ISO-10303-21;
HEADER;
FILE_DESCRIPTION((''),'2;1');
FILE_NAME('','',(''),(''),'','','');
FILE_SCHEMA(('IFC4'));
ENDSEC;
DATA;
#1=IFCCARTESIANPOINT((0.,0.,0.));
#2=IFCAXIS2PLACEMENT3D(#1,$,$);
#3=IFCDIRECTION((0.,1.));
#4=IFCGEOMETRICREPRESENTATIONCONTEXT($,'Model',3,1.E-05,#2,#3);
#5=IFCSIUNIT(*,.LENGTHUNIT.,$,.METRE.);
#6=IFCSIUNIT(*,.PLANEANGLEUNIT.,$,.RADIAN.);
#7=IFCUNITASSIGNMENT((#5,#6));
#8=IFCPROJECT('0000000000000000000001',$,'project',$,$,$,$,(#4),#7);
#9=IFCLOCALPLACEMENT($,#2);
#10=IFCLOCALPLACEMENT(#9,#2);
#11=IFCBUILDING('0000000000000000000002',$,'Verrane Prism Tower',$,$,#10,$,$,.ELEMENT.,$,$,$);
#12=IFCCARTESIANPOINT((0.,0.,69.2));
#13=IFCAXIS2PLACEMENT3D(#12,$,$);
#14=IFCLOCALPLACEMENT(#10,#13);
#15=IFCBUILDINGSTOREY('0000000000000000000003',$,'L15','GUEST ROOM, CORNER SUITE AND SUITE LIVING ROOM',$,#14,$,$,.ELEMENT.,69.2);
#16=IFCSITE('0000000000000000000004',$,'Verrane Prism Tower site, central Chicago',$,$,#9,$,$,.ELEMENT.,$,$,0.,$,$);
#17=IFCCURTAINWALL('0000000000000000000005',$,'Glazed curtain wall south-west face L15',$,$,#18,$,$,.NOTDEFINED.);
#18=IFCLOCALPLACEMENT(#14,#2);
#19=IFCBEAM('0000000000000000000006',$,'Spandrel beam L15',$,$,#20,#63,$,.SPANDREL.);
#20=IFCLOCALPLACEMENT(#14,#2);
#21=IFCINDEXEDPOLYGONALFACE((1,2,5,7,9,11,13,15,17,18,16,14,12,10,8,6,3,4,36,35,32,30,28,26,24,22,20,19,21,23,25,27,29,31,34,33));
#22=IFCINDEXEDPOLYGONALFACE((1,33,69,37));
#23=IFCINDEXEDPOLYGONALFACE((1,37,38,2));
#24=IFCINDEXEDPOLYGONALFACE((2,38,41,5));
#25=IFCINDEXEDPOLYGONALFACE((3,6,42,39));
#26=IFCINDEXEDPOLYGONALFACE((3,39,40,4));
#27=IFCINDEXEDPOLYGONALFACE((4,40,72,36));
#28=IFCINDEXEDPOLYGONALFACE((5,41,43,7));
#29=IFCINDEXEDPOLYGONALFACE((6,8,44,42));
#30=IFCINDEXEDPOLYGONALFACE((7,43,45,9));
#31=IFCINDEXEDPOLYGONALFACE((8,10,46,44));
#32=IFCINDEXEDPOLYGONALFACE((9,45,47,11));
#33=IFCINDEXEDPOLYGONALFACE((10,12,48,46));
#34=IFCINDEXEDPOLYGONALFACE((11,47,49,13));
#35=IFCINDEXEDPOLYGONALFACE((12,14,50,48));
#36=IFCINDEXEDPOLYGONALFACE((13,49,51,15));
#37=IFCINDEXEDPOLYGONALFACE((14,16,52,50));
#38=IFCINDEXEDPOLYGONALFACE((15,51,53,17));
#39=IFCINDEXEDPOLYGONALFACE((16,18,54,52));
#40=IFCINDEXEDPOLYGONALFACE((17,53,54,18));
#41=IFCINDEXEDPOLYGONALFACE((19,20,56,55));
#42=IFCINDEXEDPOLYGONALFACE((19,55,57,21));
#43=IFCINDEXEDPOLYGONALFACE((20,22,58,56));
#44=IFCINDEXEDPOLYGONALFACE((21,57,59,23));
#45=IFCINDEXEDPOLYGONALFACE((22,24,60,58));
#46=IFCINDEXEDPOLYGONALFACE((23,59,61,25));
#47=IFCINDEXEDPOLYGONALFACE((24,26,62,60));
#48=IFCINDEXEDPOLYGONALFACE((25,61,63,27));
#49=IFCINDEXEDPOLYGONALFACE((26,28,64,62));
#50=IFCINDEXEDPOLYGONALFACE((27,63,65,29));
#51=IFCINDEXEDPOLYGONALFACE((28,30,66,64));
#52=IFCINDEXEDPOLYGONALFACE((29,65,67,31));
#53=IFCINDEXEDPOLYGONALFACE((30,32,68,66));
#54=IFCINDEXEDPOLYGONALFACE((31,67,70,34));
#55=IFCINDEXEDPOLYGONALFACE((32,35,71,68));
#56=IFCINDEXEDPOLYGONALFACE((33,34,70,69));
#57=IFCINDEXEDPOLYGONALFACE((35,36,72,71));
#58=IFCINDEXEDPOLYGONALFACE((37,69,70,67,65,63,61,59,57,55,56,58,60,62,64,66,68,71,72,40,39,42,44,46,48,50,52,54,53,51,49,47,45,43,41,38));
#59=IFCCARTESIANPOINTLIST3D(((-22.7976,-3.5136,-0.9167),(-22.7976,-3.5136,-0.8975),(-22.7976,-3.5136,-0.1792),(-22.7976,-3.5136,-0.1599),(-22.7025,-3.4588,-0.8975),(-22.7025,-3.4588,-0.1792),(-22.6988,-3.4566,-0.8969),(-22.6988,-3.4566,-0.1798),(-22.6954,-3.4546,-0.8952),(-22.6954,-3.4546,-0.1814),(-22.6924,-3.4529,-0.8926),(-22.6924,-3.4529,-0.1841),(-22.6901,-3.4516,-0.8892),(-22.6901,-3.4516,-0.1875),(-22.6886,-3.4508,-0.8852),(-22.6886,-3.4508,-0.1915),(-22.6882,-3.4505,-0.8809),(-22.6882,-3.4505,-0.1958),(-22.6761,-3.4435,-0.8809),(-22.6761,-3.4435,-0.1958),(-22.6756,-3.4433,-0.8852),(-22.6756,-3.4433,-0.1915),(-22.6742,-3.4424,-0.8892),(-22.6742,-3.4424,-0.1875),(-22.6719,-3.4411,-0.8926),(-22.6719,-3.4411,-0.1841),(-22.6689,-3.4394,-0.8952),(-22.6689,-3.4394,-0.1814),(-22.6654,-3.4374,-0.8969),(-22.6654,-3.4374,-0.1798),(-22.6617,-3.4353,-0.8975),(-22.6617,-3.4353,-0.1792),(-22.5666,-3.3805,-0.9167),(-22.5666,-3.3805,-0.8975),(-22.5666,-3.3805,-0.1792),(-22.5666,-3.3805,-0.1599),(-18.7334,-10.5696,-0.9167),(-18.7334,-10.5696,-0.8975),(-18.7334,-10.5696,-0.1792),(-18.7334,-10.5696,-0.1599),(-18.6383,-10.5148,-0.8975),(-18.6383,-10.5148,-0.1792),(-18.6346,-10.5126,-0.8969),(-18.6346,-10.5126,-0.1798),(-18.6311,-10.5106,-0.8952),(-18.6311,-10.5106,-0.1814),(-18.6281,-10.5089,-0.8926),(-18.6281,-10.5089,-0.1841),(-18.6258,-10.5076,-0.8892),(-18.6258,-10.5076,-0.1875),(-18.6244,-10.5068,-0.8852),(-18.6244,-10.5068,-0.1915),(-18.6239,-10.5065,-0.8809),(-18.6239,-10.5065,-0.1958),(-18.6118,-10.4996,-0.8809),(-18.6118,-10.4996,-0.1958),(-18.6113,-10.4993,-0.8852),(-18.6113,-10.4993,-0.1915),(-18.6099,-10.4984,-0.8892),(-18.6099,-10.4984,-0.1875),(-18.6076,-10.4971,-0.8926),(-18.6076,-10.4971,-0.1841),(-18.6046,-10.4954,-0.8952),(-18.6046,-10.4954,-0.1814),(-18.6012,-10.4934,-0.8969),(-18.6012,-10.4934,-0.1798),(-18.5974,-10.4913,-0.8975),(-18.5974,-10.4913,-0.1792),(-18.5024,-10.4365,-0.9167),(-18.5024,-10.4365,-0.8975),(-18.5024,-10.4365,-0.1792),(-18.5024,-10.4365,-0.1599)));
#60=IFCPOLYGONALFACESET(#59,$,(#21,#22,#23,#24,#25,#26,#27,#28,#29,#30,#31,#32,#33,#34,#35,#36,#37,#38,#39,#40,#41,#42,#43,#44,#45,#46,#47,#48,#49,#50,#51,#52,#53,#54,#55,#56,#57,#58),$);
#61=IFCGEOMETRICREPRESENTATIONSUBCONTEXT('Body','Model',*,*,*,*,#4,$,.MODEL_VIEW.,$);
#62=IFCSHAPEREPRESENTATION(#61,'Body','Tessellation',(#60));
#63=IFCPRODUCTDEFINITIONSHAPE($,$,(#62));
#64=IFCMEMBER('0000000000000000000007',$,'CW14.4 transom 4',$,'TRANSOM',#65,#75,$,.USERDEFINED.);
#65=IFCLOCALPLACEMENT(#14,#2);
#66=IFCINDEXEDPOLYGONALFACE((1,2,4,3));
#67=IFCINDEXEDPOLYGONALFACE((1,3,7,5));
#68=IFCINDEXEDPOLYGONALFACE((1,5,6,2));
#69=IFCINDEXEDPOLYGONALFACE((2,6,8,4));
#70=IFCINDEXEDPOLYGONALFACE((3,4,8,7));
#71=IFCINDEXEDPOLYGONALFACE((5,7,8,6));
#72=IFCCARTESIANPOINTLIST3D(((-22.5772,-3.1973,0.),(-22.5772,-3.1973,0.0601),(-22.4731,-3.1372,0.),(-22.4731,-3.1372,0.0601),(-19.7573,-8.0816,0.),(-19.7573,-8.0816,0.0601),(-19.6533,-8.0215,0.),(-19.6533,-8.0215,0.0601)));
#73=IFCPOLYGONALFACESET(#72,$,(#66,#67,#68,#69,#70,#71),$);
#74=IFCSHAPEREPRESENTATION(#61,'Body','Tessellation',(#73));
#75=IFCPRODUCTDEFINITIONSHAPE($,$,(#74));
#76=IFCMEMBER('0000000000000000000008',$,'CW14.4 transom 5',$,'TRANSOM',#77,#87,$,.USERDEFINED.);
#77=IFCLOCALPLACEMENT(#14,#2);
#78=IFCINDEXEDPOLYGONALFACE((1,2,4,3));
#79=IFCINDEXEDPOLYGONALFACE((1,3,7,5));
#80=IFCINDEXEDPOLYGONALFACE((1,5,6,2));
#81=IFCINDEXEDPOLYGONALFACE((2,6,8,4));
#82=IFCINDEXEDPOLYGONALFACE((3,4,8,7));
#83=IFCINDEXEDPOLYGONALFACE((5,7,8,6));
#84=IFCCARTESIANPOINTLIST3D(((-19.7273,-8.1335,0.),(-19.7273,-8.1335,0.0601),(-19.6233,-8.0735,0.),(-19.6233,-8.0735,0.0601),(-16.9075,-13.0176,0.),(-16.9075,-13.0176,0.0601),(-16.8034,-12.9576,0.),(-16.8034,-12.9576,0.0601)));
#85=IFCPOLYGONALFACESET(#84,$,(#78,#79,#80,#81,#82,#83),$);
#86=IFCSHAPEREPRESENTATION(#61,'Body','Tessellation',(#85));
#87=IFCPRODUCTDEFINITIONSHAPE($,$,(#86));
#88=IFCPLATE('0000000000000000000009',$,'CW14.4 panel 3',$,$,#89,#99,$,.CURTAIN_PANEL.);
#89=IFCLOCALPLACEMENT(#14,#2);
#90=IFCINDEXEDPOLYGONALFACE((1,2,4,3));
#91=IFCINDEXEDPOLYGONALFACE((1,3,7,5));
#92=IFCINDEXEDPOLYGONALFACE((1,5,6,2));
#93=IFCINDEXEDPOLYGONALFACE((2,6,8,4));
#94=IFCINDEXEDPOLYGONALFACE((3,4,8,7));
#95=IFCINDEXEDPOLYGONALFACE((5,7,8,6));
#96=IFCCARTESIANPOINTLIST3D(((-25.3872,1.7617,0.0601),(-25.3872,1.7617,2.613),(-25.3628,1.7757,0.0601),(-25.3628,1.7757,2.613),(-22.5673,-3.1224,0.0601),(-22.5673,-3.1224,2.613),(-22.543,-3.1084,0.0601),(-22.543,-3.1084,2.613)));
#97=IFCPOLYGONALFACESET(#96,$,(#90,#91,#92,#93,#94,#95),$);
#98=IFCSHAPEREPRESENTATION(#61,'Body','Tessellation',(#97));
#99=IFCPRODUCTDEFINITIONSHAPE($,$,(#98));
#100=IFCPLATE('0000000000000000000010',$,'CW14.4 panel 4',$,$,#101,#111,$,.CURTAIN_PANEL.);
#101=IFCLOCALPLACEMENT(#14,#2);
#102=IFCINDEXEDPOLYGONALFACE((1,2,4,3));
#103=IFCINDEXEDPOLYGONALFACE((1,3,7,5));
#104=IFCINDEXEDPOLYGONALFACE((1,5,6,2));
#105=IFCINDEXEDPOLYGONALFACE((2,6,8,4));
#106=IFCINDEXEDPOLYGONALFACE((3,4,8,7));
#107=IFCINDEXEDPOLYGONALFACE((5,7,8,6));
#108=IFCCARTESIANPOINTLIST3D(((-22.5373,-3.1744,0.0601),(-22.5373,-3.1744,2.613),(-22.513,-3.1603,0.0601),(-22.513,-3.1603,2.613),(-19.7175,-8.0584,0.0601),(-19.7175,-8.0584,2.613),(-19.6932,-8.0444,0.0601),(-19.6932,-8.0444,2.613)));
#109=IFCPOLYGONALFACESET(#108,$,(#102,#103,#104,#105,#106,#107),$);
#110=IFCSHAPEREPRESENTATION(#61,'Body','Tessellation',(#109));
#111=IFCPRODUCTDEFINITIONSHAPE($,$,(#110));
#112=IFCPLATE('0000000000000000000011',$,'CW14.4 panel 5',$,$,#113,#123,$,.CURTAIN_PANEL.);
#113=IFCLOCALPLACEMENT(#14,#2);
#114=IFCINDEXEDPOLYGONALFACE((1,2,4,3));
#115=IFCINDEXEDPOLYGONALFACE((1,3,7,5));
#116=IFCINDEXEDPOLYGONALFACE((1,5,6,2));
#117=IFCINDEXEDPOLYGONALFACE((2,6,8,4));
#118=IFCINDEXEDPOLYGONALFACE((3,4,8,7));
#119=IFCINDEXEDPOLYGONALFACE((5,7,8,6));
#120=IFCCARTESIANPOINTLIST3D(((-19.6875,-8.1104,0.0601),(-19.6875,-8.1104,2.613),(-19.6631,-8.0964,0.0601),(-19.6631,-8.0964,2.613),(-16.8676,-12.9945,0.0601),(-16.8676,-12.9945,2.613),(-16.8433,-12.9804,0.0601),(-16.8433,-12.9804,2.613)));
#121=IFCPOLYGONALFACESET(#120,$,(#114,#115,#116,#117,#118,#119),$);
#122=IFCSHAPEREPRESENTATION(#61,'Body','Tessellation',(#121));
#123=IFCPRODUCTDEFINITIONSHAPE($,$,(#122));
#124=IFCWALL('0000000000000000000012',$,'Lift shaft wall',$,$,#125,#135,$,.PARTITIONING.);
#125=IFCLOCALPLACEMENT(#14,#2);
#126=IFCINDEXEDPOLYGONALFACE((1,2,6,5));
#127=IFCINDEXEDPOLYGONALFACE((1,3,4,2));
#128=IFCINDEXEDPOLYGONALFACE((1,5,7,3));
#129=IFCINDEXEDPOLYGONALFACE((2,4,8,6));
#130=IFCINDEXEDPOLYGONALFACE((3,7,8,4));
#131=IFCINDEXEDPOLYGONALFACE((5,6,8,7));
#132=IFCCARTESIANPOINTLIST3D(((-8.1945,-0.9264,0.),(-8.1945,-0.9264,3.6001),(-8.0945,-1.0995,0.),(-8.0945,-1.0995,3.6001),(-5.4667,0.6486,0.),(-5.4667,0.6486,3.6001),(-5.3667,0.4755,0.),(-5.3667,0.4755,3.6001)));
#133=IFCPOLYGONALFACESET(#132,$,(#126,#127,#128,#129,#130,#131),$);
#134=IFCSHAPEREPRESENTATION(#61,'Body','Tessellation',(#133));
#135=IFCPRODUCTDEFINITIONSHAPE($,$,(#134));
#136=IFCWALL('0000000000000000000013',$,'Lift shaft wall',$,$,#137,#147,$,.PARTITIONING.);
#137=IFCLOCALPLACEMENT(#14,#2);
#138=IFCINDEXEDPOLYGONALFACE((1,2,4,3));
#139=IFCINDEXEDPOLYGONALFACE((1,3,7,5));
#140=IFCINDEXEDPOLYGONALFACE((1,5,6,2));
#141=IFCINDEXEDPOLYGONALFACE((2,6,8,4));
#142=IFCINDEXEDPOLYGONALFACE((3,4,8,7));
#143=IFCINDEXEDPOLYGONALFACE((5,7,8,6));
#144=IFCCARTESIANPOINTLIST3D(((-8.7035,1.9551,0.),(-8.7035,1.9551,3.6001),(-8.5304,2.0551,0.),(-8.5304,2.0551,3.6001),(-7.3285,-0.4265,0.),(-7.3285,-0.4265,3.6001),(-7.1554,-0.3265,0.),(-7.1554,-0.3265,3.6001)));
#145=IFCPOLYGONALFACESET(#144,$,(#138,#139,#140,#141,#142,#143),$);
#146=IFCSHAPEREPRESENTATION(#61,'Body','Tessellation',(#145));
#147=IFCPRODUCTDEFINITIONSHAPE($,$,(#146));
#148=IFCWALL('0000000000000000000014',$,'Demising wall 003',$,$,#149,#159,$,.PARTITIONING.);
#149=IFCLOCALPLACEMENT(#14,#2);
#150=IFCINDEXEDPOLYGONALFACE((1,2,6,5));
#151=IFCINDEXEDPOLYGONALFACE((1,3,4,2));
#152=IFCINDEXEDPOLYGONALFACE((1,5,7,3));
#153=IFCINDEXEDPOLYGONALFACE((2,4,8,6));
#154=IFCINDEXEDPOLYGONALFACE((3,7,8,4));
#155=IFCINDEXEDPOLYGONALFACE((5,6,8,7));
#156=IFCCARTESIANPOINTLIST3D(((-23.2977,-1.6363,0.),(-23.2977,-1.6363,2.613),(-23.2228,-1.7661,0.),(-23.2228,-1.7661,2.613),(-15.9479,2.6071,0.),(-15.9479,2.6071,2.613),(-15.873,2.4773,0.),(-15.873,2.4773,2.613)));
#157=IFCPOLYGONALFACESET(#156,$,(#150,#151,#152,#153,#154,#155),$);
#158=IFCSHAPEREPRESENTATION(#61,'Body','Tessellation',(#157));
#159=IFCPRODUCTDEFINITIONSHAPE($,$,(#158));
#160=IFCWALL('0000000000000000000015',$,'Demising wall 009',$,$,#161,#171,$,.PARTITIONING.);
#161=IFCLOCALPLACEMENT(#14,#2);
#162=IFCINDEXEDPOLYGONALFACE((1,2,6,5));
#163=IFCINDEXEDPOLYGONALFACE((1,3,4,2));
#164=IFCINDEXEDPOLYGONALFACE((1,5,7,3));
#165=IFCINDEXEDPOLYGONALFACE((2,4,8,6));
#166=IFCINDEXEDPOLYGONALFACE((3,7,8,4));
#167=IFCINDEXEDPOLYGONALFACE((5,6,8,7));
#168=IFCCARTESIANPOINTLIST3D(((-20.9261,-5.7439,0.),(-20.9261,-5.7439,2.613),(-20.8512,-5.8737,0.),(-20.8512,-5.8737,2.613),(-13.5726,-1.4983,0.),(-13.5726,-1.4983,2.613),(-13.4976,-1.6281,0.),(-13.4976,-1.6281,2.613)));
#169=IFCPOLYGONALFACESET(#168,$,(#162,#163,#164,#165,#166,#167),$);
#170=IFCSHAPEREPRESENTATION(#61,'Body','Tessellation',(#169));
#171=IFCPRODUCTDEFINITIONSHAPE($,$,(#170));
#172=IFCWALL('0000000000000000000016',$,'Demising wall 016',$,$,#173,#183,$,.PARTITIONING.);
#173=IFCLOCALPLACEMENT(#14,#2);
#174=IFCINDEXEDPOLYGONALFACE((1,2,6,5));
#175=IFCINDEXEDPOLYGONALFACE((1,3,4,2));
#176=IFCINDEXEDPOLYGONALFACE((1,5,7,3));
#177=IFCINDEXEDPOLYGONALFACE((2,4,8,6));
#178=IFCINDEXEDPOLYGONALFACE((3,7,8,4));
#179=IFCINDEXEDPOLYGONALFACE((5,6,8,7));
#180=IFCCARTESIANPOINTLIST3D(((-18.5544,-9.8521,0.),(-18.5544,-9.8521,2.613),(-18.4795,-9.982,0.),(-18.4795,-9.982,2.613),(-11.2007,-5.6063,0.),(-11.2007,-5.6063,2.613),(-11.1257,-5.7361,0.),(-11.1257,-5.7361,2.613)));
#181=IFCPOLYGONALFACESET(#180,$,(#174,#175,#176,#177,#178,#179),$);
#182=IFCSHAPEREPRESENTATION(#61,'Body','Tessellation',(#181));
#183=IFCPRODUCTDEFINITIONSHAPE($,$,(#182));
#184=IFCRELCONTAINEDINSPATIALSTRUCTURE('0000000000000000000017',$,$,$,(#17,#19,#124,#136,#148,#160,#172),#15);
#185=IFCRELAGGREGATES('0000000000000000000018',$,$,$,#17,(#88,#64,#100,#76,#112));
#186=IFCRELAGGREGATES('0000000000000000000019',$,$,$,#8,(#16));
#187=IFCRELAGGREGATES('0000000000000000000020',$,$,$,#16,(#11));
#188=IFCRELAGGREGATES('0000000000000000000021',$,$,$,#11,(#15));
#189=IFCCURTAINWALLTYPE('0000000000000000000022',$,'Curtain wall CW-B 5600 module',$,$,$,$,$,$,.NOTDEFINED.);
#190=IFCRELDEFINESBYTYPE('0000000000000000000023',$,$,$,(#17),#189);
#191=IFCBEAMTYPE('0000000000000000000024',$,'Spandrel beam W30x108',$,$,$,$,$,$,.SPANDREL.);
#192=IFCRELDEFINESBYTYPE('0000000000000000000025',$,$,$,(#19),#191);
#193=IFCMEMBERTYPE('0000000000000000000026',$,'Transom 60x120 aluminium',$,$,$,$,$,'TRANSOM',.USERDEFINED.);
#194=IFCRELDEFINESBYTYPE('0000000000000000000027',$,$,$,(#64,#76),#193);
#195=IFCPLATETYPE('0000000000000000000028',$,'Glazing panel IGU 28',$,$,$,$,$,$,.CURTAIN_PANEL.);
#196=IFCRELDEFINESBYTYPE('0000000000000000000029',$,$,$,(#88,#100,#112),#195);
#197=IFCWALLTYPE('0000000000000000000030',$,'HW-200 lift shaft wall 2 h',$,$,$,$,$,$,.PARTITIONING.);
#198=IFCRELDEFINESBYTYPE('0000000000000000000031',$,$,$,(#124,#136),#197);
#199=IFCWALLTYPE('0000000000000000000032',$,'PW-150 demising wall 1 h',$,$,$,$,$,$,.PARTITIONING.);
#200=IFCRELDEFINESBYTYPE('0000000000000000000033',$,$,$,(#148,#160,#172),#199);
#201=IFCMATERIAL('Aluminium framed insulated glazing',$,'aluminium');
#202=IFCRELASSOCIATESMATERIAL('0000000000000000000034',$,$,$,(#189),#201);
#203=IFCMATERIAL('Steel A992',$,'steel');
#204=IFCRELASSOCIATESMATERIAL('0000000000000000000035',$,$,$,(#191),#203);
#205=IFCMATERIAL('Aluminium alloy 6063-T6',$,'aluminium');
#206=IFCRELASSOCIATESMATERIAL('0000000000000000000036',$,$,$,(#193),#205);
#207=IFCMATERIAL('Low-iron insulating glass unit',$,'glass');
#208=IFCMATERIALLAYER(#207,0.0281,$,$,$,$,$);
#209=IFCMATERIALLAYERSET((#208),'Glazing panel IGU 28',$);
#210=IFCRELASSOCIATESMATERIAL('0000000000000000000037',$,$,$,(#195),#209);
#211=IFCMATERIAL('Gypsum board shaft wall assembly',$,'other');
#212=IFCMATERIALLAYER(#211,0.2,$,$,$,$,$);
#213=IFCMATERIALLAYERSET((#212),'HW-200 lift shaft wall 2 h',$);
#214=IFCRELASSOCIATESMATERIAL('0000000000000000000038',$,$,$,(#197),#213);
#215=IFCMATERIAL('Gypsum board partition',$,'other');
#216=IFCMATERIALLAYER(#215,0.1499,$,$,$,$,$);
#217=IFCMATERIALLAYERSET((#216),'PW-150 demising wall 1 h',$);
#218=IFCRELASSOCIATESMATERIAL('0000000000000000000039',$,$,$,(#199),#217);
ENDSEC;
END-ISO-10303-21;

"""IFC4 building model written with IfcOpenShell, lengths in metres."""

from ifc_helpers import new_model, si_unit, direction, frame, frame_2d, origin, origin_2d, place, context, subcontext, project, spatial, rectangle, i_section, extrude, material, layer, layer_set, material_profile, profile_set, type_object, element, aggregate, save


model = new_model("IFC4")

# Units and contexts
model_context = context("Model", 3, precision=1e-05, world=origin(), true_north=direction((0.0, 1.0)))
body_context = subcontext(model_context, "Body", "Model", "MODEL_VIEW")
ifc_project = project(units=[si_unit("LENGTHUNIT", "METRE"), si_unit("PLANEANGLEUNIT", "RADIAN")], contexts=[model_context])

# Site, building, storey
site_placement = place(None, origin())
site = spatial("IfcSite", under=ifc_project, at=site_placement, Name="Verrane Prism Tower site, central Chicago", CompositionType="ELEMENT", RefElevation=0.0)
building_placement = place(site_placement, origin())
building = spatial("IfcBuilding", under=site, at=building_placement, Name="Verrane Prism Tower", CompositionType="ELEMENT")
storey_placement = place(building_placement, frame((0.0, 0.0, 69.2)))
storey = spatial("IfcBuildingStorey", under=building, at=storey_placement, Name="L15", Description="GUEST ROOM, CORNER SUITE AND SUITE LIVING ROOM", CompositionType="ELEMENT", Elevation=69.2)

# Curtain wall
ifc_material_1 = material(Name="Aluminium framed insulated glazing", Category="aluminium")
curtain_wall_type = type_object("IfcCurtainWallType", Name="Curtain wall CW-B 5600 module", PredefinedType="NOTDEFINED", material=ifc_material_1)
curtain_wall_placement = place(storey_placement, origin())
curtain_wall = element("IfcCurtainWall", 1, at=curtain_wall_placement, inside=storey, type_object=curtain_wall_type, Name="Glazed curtain wall south-west face L15", PredefinedType="NOTDEFINED")

# Beam
ifc_material_2 = material(Name="Steel A992", Category="steel")
ifc_material_profile_1 = material_profile(ifc_material_2, i_section(OverallWidth=0.2666, OverallDepth=0.7568, WebThickness=0.0139, FlangeThickness=0.0193, FilletRadius=0.0166, at=origin_2d()), Name="W30x108")
ifc_profile_set_1 = profile_set([ifc_material_profile_1], Name="Steel A992")
beam_type_1 = type_object("IfcBeamType", Name="Spandrel beam W30x108", PredefinedType="SPANDREL", material=ifc_profile_set_1)
beam_1_placement = place(storey_placement, frame((-22.6821, -3.447, -0.5383), z_axis=(0.499123, -0.866531, 0.0), x_axis=(0.866531, 0.499123, 0.0)))
element("IfcBeam", 2, at=beam_1_placement, inside=storey, type_object=beam_type_1, Name="Spandrel beam L15", PredefinedType="SPANDREL", context=body_context, shape_type="SweptSolid", body=[
    extrude(i_section(OverallWidth=0.2666, OverallDepth=0.7568, WebThickness=0.0139, FlangeThickness=0.0193, FilletRadius=0.0166, at=origin_2d()), origin(), (0.0, 0.0, 1.0), 8.1428),
])

# Members
ifc_material_3 = material(Name="Aluminium alloy 6063-T6", Category="aluminium")
ifc_material_profile_2 = material_profile(ifc_material_3, rectangle(XDim=0.1201, YDim=0.0601, at=origin_2d()), Name="Transom 60x120 aluminium")
ifc_profile_set_2 = profile_set([ifc_material_profile_2], Name="Aluminium alloy 6063-T6")
member_type_1 = type_object("IfcMemberType", Name="Transom 60x120 aluminium", ElementType="TRANSOM", PredefinedType="USERDEFINED", material=ifc_profile_set_2)
member_1_placement = place(storey_placement, frame((-22.5251, -3.1672, 0.03), z_axis=(0.499985, -0.866034, 0.0), x_axis=(0.866034, 0.499985, 0.0)))
member_1 = element("IfcMember", 3, at=member_1_placement, type_object=member_type_1, Name="CW14.4 transom 4", ObjectType="TRANSOM", PredefinedType="USERDEFINED", context=body_context, shape_type="SweptSolid", body=[
    extrude(rectangle(XDim=0.1201, YDim=0.0601, at=origin_2d()), origin(), (0.0, 0.0, 1.0), 5.6399),
])
member_2_placement = place(storey_placement, frame((-19.6753, -8.1035, 0.03), z_axis=(0.500004, -0.866023, 0.0), x_axis=(0.866023, 0.500004, 0.0)))
member_2 = element("IfcMember", 4, at=member_2_placement, type_object=member_type_1, Name="CW14.4 transom 5", ObjectType="TRANSOM", PredefinedType="USERDEFINED", context=body_context, shape_type="SweptSolid", body=[
    extrude(rectangle(XDim=0.1201, YDim=0.0601, at=origin_2d()), origin(), (0.0, 0.0, 1.0), 5.6396),
])

# Plates
ifc_material_4 = material(Name="Low-iron insulating glass unit", Category="glass")
ifc_layer_1 = layer(ifc_material_4, 0.0281)
ifc_layer_set_1 = layer_set([ifc_layer_1], Name="Glazing panel IGU 28")
plate_type = type_object("IfcPlateType", Name="Glazing panel IGU 28", PredefinedType="CURTAIN_PANEL", material=ifc_layer_set_1)
plate_1_placement = place(storey_placement, frame((-23.9651, -0.6733, 0.0601), z_axis=(0.0, 0.0, 1.0), x_axis=(0.5, -0.866025, 0.0)))
plate_1 = element("IfcPlate", 5, at=plate_1_placement, type_object=plate_type, Name="CW14.4 panel 3", PredefinedType="CURTAIN_PANEL", context=body_context, shape_type="SweptSolid", body=[
    extrude(rectangle(XDim=5.6396, YDim=0.0281, at=origin_2d()), origin(), (0.0, 0.0, 1.0), 2.553),
])
plate_2_placement = place(storey_placement, frame((-21.1152, -5.6094, 0.0601), z_axis=(0.0, 0.0, 1.0), x_axis=(0.5, -0.866025, 0.0)))
plate_2 = element("IfcPlate", 6, at=plate_2_placement, type_object=plate_type, Name="CW14.4 panel 4", PredefinedType="CURTAIN_PANEL", context=body_context, shape_type="SweptSolid", body=[
    extrude(rectangle(XDim=5.6396, YDim=0.0281, at=origin_2d()), origin(), (0.0, 0.0, 1.0), 2.553),
])
plate_3_placement = place(storey_placement, frame((-18.2654, -10.5454, 0.0601), z_axis=(0.0, 0.0, 1.0), x_axis=(0.5, -0.866025, 0.0)))
plate_3 = element("IfcPlate", 7, at=plate_3_placement, type_object=plate_type, Name="CW14.4 panel 5", PredefinedType="CURTAIN_PANEL", context=body_context, shape_type="SweptSolid", body=[
    extrude(rectangle(XDim=5.6396, YDim=0.0281, at=origin_2d()), origin(), (0.0, 0.0, 1.0), 2.553),
])
aggregate(curtain_wall, [plate_1, member_1, plate_2, member_2, plate_3])

# Walls
ifc_material_5 = material(Name="Gypsum board shaft wall assembly", Category="other")
ifc_layer_2 = layer(ifc_material_5, 0.2)
ifc_layer_set_2 = layer_set([ifc_layer_2], Name="HW-200 lift shaft wall 2 h")
wall_type_1 = type_object("IfcWallType", Name="HW-200 lift shaft wall 2 h", PredefinedType="PARTITIONING", material=ifc_layer_set_2)
wall_1_placement = place(storey_placement, frame((-8.1445, -1.0129, 0.0), z_axis=(0.0, 0.0, 1.0), x_axis=(0.866016, 0.500015, 0.0)))
element("IfcWall", 8, at=wall_1_placement, inside=storey, type_object=wall_type_1, Name="Lift shaft wall", PredefinedType="PARTITIONING", context=body_context, shape_type="SweptSolid", body=[
    extrude(rectangle(XDim=3.1499, YDim=0.2, at=frame_2d((1.575, 0.0))), origin(), (0.0, 0.0, 1.0), 3.6001),
])
wall_2_placement = place(storey_placement, frame((-7.2419, -0.3765, 0.0), z_axis=(0.0, 0.0, 1.0), x_axis=(-0.499997, 0.866027, 0.0)))
element("IfcWall", 9, at=wall_2_placement, inside=storey, type_object=wall_type_1, Name="Lift shaft wall", PredefinedType="PARTITIONING", context=body_context, shape_type="SweptSolid", body=[
    extrude(rectangle(XDim=2.75, YDim=0.2, at=frame_2d((1.375, 0.0))), origin(), (0.0, 0.0, 1.0), 3.6001),
])
ifc_material_6 = material(Name="Gypsum board partition", Category="other")
ifc_layer_3 = layer(ifc_material_6, 0.1499)
ifc_layer_set_3 = layer_set([ifc_layer_3], Name="PW-150 demising wall 1 h")
wall_type_2 = type_object("IfcWallType", Name="PW-150 demising wall 1 h", PredefinedType="PARTITIONING", material=ifc_layer_set_3)
wall_3_placement = place(storey_placement, frame((-23.2603, -1.7012, 0.0), z_axis=(0.0, 0.0, 1.0), x_axis=(0.866027, 0.499997, 0.0)))
element("IfcWall", 10, at=wall_3_placement, inside=storey, type_object=wall_type_2, Name="Demising wall 003", PredefinedType="PARTITIONING", context=body_context, shape_type="SweptSolid", body=[
    extrude(rectangle(XDim=8.4868, YDim=0.1499, at=frame_2d((4.2434, 0.0))), origin(), (0.0, 0.0, 1.0), 2.613),
])
wall_4_placement = place(storey_placement, frame((-20.8887, -5.8088, 0.0), z_axis=(0.0, 0.0, 1.0), x_axis=(0.866023, 0.500005, 0.0)))
element("IfcWall", 11, at=wall_4_placement, inside=storey, type_object=wall_type_2, Name="Demising wall 009", PredefinedType="PARTITIONING", context=body_context, shape_type="SweptSolid", body=[
    extrude(rectangle(XDim=8.4912, YDim=0.1499, at=frame_2d((4.2456, 0.0))), origin(), (0.0, 0.0, 1.0), 2.613),
])
wall_5_placement = place(storey_placement, frame((-18.5168, -9.917, 0.0), z_axis=(0.0, 0.0, 1.0), x_axis=(0.866018, 0.500014, 0.0)))
element("IfcWall", 12, at=wall_5_placement, inside=storey, type_object=wall_type_2, Name="Demising wall 016", PredefinedType="PARTITIONING", context=body_context, shape_type="SweptSolid", body=[
    extrude(rectangle(XDim=8.4915, YDim=0.1499, at=frame_2d((4.2456, 0.0))), origin(), (0.0, 0.0, 1.0), 2.613),
])

save(model, "model.ifc")
